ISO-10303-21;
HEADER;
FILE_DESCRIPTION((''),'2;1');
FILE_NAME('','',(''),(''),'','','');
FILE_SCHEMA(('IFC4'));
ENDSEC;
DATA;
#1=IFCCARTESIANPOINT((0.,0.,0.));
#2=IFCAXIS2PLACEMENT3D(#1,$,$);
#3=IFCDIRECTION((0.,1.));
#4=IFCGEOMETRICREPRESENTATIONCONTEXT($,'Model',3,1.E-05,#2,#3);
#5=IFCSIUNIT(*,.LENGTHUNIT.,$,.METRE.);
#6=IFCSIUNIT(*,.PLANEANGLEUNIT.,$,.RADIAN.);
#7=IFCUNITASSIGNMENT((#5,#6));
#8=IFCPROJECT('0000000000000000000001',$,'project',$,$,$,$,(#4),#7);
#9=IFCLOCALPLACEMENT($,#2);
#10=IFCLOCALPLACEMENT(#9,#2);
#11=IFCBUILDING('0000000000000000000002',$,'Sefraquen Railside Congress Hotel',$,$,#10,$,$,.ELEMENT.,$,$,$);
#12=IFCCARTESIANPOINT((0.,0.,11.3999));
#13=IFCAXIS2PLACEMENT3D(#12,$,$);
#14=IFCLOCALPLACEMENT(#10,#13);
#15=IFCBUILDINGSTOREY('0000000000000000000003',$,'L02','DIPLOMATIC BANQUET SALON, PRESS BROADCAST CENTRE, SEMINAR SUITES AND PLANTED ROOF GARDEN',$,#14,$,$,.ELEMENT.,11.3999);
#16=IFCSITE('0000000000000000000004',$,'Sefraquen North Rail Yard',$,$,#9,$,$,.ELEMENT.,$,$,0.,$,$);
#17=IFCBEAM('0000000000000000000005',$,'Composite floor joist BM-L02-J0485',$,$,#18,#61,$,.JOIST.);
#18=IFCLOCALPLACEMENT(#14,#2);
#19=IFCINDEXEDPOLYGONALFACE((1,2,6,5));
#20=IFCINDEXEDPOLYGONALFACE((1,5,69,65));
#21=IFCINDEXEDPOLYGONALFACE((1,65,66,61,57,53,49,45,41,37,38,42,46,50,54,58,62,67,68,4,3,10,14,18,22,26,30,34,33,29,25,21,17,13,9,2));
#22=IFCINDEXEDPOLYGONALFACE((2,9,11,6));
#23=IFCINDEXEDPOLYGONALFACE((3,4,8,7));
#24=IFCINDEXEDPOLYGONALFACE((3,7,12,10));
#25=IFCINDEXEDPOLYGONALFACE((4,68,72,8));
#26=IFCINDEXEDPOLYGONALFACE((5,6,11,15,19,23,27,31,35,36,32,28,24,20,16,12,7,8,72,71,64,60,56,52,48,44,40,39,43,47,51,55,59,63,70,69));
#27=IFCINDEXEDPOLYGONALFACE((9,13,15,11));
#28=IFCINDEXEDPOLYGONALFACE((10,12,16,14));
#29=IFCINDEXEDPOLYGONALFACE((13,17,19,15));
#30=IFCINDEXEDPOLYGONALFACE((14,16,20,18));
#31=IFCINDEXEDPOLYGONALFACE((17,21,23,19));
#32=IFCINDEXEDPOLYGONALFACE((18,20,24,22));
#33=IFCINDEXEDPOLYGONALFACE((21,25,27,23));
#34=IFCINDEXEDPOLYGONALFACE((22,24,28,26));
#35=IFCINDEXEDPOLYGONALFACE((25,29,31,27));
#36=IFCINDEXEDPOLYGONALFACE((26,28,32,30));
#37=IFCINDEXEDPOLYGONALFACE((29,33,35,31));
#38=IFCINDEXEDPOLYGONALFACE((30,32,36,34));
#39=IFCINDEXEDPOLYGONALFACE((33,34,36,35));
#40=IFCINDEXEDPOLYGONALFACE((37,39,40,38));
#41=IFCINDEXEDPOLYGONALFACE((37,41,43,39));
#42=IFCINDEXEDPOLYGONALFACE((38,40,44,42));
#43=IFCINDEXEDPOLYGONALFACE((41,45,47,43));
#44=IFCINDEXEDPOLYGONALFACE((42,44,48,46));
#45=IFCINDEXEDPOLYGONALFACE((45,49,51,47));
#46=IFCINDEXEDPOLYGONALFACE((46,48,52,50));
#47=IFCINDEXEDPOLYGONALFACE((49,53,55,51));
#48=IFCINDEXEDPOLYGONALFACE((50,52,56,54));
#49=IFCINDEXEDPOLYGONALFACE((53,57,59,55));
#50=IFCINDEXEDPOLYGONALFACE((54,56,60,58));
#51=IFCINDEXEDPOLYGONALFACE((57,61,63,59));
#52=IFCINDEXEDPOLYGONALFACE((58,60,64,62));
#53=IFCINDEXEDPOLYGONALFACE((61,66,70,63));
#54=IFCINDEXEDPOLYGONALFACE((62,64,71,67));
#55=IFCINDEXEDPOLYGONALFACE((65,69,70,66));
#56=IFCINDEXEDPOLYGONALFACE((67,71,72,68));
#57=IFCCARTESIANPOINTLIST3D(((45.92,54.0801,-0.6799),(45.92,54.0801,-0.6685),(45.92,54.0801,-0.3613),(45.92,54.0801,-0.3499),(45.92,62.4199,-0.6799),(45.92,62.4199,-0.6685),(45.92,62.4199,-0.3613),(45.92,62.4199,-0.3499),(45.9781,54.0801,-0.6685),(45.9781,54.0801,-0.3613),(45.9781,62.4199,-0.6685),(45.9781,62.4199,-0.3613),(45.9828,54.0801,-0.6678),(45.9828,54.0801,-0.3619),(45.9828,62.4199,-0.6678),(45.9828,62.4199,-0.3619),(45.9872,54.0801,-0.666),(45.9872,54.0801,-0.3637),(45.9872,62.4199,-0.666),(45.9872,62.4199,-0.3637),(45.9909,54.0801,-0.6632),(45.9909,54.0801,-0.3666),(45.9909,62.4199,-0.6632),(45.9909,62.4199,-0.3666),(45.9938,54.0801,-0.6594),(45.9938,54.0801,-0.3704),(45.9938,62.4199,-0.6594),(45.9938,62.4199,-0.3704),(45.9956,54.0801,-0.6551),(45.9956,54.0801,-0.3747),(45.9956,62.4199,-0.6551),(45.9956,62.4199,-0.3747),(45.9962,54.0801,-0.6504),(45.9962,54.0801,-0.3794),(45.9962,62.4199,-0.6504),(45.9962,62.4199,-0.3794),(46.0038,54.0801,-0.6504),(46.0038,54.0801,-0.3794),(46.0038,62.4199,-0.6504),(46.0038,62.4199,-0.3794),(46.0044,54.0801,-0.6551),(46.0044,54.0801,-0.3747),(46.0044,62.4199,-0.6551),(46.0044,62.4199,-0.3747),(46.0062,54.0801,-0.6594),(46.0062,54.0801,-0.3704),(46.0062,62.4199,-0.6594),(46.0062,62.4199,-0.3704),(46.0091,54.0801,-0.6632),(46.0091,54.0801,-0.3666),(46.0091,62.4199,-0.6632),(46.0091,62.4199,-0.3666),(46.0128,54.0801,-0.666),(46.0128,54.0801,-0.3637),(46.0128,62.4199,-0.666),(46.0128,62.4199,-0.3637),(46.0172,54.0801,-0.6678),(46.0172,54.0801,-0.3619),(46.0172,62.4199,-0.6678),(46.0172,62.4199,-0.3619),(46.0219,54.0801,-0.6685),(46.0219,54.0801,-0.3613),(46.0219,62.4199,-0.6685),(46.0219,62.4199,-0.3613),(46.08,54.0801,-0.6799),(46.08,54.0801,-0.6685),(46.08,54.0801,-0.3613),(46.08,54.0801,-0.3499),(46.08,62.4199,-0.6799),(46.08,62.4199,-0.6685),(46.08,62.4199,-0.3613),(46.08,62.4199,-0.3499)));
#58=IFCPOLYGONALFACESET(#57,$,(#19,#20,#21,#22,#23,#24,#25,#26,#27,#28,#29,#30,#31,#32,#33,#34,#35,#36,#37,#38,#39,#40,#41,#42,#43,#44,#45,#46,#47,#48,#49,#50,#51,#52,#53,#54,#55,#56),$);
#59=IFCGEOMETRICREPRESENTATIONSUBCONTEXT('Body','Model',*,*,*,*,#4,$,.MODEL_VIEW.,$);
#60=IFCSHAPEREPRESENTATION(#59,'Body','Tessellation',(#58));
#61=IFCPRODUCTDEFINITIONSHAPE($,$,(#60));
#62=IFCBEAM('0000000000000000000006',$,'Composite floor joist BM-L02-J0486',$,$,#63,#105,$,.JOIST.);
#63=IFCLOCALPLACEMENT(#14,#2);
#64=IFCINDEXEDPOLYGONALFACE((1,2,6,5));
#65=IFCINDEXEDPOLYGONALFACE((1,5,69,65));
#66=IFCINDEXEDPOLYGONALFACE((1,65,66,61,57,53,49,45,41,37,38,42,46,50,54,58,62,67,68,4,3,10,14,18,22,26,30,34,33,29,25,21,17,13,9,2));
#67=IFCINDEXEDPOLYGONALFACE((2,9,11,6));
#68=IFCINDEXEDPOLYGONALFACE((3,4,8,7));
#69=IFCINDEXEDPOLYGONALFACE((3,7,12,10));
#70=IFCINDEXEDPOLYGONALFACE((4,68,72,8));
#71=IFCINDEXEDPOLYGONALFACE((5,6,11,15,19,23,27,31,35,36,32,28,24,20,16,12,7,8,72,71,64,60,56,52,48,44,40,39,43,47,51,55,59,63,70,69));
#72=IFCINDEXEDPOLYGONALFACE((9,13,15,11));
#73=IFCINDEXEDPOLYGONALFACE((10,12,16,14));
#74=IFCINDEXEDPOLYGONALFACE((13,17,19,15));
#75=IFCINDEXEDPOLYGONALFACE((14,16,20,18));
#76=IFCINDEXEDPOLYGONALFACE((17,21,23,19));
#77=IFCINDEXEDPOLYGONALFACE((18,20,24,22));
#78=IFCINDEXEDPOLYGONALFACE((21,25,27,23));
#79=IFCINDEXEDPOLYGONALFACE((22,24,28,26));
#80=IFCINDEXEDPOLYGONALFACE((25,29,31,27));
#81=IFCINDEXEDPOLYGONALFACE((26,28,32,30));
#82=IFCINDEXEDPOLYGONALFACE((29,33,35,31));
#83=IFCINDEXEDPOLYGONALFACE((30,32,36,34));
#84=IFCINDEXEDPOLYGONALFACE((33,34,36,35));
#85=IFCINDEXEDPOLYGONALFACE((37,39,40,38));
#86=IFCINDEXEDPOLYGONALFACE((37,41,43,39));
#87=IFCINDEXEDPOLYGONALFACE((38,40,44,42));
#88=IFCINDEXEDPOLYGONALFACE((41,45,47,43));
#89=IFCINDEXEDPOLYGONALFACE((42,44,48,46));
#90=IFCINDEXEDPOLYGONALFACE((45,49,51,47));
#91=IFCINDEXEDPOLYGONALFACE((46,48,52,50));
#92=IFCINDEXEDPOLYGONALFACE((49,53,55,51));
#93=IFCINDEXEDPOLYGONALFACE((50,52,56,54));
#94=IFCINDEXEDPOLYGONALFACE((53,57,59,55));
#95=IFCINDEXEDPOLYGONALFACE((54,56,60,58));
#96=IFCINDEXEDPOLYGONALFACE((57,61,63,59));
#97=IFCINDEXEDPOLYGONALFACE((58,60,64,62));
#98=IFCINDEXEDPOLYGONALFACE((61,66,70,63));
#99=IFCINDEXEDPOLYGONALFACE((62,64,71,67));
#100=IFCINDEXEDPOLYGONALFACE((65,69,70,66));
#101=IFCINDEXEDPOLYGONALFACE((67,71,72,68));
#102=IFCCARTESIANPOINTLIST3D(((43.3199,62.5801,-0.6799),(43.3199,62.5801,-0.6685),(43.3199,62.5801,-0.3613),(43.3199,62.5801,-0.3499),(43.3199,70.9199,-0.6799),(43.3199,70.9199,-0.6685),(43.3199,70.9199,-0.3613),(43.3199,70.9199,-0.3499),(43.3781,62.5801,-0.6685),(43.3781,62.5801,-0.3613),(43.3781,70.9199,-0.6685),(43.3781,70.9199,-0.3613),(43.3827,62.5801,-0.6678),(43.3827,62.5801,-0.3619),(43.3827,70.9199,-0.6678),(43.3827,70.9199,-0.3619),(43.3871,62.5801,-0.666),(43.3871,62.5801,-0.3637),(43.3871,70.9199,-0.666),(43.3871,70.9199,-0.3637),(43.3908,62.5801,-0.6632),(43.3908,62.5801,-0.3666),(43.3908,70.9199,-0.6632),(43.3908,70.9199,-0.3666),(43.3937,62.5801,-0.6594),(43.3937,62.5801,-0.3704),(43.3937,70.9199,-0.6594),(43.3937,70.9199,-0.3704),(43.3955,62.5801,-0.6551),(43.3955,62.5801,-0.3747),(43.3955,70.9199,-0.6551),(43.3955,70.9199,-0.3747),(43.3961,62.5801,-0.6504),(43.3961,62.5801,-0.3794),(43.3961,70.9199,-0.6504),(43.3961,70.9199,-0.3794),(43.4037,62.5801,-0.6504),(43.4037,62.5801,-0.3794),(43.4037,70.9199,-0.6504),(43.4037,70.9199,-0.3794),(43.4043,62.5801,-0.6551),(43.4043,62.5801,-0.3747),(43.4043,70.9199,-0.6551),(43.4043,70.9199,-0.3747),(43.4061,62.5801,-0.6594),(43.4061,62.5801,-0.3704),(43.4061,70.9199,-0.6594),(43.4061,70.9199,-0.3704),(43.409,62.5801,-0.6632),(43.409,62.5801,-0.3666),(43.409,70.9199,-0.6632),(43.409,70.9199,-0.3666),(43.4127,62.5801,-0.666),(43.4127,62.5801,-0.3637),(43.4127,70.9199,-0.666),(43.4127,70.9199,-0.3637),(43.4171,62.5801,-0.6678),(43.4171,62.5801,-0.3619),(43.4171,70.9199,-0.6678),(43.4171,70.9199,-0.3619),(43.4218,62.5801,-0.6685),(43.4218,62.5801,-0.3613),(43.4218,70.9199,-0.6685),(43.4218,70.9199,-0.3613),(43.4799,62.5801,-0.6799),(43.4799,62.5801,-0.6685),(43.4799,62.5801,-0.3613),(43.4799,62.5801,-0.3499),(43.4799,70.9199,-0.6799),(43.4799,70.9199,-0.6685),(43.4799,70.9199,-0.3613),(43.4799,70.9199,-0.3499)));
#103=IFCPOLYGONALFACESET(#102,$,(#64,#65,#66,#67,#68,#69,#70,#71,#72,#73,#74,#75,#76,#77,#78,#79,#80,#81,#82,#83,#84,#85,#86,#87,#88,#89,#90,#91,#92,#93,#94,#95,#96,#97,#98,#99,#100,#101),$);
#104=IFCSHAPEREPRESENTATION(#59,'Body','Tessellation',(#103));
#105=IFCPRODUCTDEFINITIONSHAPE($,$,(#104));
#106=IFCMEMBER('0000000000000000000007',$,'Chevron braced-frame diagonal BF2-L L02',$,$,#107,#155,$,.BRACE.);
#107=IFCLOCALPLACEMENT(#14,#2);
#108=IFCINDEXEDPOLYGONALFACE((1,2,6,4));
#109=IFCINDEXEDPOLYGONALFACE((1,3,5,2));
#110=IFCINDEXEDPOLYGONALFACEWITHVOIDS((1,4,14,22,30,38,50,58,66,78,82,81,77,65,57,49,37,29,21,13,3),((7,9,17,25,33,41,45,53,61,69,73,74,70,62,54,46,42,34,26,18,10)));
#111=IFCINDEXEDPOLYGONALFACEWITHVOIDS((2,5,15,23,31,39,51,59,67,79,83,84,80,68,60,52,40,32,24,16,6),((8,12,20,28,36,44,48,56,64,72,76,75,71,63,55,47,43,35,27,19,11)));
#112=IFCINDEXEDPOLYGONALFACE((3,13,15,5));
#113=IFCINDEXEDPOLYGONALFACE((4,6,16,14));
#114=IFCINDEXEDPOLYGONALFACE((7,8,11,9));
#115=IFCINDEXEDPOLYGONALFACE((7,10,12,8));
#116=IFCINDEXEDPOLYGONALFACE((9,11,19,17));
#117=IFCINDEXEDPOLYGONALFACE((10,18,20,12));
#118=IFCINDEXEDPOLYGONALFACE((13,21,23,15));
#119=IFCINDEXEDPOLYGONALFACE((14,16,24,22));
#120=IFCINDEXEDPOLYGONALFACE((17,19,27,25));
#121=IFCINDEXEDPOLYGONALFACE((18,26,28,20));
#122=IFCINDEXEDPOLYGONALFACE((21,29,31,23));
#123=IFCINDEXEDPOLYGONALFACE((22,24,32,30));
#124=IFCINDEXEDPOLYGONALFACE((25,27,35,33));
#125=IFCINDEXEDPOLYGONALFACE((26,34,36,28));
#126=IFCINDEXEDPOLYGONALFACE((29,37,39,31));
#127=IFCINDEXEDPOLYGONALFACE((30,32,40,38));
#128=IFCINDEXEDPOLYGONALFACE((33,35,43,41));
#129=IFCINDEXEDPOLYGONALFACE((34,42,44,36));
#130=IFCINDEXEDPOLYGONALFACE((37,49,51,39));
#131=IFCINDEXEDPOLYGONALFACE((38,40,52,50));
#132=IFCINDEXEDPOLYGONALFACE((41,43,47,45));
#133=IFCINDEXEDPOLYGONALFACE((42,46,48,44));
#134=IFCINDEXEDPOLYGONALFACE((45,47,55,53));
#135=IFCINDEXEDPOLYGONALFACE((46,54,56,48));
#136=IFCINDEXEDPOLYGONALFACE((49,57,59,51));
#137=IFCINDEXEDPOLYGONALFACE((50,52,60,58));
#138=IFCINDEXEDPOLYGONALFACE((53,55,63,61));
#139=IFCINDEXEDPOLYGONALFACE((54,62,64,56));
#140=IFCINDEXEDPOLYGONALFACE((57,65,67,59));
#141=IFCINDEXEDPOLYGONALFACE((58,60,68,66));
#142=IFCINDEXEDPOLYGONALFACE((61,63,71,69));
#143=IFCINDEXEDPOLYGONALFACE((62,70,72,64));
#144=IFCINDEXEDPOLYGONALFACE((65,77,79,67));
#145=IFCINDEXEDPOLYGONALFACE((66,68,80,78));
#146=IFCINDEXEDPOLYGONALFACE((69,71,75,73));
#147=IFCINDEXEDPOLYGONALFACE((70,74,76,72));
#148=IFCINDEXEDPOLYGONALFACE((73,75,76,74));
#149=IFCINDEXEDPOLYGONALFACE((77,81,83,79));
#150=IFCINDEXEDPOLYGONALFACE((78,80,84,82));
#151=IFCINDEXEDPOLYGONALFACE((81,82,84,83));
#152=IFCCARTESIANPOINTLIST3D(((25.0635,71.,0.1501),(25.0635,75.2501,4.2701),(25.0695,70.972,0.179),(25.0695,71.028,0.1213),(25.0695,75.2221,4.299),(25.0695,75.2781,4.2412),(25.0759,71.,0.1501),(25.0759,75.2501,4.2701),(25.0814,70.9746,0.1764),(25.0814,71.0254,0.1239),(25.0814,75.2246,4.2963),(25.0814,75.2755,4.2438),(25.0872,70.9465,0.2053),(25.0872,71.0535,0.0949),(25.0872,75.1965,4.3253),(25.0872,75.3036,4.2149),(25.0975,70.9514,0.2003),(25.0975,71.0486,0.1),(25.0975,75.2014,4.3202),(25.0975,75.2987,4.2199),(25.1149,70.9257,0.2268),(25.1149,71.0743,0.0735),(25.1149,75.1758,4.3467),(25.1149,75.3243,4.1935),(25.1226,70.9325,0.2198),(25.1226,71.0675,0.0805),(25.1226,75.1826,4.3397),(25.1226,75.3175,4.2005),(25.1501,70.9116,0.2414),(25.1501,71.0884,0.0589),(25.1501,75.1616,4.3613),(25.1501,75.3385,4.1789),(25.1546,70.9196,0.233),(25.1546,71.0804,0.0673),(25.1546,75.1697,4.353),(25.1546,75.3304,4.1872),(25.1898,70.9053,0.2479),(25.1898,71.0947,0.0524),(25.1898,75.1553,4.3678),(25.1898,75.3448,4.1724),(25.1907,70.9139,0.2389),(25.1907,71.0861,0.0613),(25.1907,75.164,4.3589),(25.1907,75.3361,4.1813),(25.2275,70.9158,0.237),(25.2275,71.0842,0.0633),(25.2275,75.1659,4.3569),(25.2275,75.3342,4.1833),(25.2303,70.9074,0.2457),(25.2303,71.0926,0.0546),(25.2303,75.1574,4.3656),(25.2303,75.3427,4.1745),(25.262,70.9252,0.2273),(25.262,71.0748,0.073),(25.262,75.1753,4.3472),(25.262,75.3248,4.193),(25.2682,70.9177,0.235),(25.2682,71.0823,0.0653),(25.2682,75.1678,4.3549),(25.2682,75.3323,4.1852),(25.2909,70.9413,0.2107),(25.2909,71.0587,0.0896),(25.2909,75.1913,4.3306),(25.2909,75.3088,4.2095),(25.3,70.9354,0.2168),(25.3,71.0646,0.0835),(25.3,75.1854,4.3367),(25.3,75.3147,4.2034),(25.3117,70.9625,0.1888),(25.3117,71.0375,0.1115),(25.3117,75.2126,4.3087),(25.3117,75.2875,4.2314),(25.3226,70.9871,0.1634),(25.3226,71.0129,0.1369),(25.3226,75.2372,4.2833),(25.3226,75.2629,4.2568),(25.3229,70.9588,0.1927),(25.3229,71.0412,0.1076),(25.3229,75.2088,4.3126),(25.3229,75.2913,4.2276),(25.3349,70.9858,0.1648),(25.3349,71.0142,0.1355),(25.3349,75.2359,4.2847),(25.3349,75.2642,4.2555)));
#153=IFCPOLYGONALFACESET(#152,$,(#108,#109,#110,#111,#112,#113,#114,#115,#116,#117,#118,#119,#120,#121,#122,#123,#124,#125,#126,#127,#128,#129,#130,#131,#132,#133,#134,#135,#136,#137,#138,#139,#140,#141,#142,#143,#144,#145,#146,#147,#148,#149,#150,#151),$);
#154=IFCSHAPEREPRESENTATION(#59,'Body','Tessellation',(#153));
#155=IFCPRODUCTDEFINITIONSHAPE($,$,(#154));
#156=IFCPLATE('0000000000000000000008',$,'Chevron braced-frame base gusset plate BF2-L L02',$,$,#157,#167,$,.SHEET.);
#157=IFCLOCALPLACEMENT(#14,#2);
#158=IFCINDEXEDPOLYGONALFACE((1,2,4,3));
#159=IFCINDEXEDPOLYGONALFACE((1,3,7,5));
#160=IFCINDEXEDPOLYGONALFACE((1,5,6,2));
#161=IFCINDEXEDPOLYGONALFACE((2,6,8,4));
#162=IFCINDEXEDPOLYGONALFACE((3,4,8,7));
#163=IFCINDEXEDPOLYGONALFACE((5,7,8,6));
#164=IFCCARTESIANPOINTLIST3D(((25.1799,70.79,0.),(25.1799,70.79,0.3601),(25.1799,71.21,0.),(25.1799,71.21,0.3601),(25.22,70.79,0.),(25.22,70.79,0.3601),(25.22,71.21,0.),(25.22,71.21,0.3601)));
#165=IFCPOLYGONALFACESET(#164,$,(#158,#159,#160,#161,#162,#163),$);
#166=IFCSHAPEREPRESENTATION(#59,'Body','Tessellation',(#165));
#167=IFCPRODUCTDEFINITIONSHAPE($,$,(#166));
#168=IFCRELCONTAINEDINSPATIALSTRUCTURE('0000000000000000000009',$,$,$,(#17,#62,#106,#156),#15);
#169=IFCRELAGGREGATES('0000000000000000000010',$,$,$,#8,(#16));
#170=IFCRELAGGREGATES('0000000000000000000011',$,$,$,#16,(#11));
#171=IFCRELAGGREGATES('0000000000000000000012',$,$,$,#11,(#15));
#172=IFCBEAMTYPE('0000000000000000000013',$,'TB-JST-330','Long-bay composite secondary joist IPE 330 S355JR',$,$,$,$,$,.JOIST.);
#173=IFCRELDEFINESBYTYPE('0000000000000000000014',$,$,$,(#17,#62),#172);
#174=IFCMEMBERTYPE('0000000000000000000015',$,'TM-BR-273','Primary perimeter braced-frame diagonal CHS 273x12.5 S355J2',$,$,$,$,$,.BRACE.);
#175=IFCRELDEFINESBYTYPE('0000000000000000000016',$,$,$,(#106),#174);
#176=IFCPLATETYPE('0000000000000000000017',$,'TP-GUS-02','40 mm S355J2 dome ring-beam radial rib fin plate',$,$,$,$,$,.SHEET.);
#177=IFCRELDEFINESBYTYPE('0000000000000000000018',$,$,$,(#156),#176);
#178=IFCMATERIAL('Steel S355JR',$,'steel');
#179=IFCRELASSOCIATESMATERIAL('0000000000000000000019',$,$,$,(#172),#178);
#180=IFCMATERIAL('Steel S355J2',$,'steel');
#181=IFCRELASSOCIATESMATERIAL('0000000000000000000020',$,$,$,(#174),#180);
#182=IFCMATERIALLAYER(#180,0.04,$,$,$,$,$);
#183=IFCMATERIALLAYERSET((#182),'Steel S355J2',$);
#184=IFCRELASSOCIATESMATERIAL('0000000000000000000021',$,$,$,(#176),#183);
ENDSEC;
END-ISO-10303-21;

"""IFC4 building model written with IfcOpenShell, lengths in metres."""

from ifc_helpers import new_model, si_unit, direction, frame, origin, origin_2d, place, context, subcontext, project, spatial, rectangle, hollow_circle, i_section, extrude, material, layer, layer_set, material_profile, profile_set, type_object, element, save


model = new_model("IFC4")

# Units and contexts
model_context = context("Model", 3, precision=1e-05, world=origin(), true_north=direction((0.0, 1.0)))
body_context = subcontext(model_context, "Body", "Model", "MODEL_VIEW")
ifc_project = project(units=[si_unit("LENGTHUNIT", "METRE"), si_unit("PLANEANGLEUNIT", "RADIAN")], contexts=[model_context])

# Site, building, storey
site_placement = place(None, origin())
site = spatial("IfcSite", under=ifc_project, at=site_placement, Name="Sefraquen North Rail Yard", CompositionType="ELEMENT", RefElevation=0.0)
building_placement = place(site_placement, origin())
building = spatial("IfcBuilding", under=site, at=building_placement, Name="Sefraquen Railside Congress Hotel", CompositionType="ELEMENT")
storey_placement = place(building_placement, frame((0.0, 0.0, 11.3999)))
storey = spatial("IfcBuildingStorey", under=building, at=storey_placement, Name="L02", Description="DIPLOMATIC BANQUET SALON, PRESS BROADCAST CENTRE, SEMINAR SUITES AND PLANTED ROOF GARDEN", CompositionType="ELEMENT", Elevation=11.3999)

# Shared definitions
ifc_material_1 = material(Name="Steel S355JR", Category="steel")

# Beams
ifc_material_profile_1 = material_profile(ifc_material_1, i_section(OverallWidth=0.1599, OverallDepth=0.3301, WebThickness=0.0076, FlangeThickness=0.0115, FilletRadius=0.0181, at=origin_2d()), Name="IPE 330")
ifc_profile_set_1 = profile_set([ifc_material_profile_1], Name="Steel S355JR")
beam_type_1 = type_object("IfcBeamType", Name="TB-JST-330", Description="Long-bay composite secondary joist IPE 330 S355JR", PredefinedType="JOIST", material=ifc_profile_set_1)
for number, where, z_axis, x_axis, name in (
    (1, (46.0, 54.0801, -0.5149), (0.0, 1.0, 0.0), (-1.0, 0.0, 0.0), "Composite floor joist BM-L02-J0485"),
    (2, (43.3999, 62.5801, -0.5149), (0.0, 1.0, 0.0), (-1.0, 0.0, 0.0), "Composite floor joist BM-L02-J0486"),
):
    element("IfcBeam", number, at=place(storey_placement, frame(where, z_axis=z_axis, x_axis=x_axis)), inside=storey, type_object=beam_type_1, Name=name, PredefinedType="JOIST", context=body_context, shape_type="SweptSolid", body=[
        extrude(i_section(OverallWidth=0.1599, OverallDepth=0.3301, WebThickness=0.0076, FlangeThickness=0.0115, FilletRadius=0.0181, at=origin_2d()), origin(), (0.0, 0.0, 1.0), 8.3398),
    ])

# Member
ifc_material_2 = material(Name="Steel S355J2", Category="steel")
ifc_material_profile_2 = material_profile(ifc_material_2, hollow_circle(Radius=0.1365, WallThickness=0.0125, at=origin_2d()), Name="CHS 273x12.5")
ifc_profile_set_2 = profile_set([ifc_material_profile_2], Name="Steel S355J2")
member_type = type_object("IfcMemberType", Name="TM-BR-273", Description="Primary perimeter braced-frame diagonal CHS 273x12.5 S355J2", PredefinedType="BRACE", material=ifc_profile_set_2)
member_placement = place(storey_placement, frame((25.2, 71.0, 0.1501), z_axis=(0.0, 0.718013, 0.696029), x_axis=(-1.0, 0.0, 0.0)))
element("IfcMember", 3, at=member_placement, inside=storey, type_object=member_type, Name="Chevron braced-frame diagonal BF2-L L02", PredefinedType="BRACE", context=body_context, shape_type="SweptSolid", body=[
    extrude(hollow_circle(Radius=0.1365, WallThickness=0.0125, at=origin_2d()), origin(), (0.0, 0.0, 1.0), 5.9192),
])

# Plate
ifc_layer_1 = layer(ifc_material_2, 0.04)
ifc_layer_set_1 = layer_set([ifc_layer_1], Name="Steel S355J2")
plate_type = type_object("IfcPlateType", Name="TP-GUS-02", Description="40 mm S355J2 dome ring-beam radial rib fin plate", PredefinedType="SHEET", material=ifc_layer_set_1)
plate_placement = place(storey_placement, frame((25.2, 71.0, 0.0), z_axis=(0.0, 0.0, 1.0), x_axis=(0.0, 1.0, 0.0)))
element("IfcPlate", 4, at=plate_placement, inside=storey, type_object=plate_type, Name="Chevron braced-frame base gusset plate BF2-L L02", PredefinedType="SHEET", context=body_context, shape_type="SweptSolid", body=[
    extrude(rectangle(XDim=0.4199, YDim=0.04, at=origin_2d()), origin(), (0.0, 0.0, 1.0), 0.3601),
])

save(model, "model.ifc")
